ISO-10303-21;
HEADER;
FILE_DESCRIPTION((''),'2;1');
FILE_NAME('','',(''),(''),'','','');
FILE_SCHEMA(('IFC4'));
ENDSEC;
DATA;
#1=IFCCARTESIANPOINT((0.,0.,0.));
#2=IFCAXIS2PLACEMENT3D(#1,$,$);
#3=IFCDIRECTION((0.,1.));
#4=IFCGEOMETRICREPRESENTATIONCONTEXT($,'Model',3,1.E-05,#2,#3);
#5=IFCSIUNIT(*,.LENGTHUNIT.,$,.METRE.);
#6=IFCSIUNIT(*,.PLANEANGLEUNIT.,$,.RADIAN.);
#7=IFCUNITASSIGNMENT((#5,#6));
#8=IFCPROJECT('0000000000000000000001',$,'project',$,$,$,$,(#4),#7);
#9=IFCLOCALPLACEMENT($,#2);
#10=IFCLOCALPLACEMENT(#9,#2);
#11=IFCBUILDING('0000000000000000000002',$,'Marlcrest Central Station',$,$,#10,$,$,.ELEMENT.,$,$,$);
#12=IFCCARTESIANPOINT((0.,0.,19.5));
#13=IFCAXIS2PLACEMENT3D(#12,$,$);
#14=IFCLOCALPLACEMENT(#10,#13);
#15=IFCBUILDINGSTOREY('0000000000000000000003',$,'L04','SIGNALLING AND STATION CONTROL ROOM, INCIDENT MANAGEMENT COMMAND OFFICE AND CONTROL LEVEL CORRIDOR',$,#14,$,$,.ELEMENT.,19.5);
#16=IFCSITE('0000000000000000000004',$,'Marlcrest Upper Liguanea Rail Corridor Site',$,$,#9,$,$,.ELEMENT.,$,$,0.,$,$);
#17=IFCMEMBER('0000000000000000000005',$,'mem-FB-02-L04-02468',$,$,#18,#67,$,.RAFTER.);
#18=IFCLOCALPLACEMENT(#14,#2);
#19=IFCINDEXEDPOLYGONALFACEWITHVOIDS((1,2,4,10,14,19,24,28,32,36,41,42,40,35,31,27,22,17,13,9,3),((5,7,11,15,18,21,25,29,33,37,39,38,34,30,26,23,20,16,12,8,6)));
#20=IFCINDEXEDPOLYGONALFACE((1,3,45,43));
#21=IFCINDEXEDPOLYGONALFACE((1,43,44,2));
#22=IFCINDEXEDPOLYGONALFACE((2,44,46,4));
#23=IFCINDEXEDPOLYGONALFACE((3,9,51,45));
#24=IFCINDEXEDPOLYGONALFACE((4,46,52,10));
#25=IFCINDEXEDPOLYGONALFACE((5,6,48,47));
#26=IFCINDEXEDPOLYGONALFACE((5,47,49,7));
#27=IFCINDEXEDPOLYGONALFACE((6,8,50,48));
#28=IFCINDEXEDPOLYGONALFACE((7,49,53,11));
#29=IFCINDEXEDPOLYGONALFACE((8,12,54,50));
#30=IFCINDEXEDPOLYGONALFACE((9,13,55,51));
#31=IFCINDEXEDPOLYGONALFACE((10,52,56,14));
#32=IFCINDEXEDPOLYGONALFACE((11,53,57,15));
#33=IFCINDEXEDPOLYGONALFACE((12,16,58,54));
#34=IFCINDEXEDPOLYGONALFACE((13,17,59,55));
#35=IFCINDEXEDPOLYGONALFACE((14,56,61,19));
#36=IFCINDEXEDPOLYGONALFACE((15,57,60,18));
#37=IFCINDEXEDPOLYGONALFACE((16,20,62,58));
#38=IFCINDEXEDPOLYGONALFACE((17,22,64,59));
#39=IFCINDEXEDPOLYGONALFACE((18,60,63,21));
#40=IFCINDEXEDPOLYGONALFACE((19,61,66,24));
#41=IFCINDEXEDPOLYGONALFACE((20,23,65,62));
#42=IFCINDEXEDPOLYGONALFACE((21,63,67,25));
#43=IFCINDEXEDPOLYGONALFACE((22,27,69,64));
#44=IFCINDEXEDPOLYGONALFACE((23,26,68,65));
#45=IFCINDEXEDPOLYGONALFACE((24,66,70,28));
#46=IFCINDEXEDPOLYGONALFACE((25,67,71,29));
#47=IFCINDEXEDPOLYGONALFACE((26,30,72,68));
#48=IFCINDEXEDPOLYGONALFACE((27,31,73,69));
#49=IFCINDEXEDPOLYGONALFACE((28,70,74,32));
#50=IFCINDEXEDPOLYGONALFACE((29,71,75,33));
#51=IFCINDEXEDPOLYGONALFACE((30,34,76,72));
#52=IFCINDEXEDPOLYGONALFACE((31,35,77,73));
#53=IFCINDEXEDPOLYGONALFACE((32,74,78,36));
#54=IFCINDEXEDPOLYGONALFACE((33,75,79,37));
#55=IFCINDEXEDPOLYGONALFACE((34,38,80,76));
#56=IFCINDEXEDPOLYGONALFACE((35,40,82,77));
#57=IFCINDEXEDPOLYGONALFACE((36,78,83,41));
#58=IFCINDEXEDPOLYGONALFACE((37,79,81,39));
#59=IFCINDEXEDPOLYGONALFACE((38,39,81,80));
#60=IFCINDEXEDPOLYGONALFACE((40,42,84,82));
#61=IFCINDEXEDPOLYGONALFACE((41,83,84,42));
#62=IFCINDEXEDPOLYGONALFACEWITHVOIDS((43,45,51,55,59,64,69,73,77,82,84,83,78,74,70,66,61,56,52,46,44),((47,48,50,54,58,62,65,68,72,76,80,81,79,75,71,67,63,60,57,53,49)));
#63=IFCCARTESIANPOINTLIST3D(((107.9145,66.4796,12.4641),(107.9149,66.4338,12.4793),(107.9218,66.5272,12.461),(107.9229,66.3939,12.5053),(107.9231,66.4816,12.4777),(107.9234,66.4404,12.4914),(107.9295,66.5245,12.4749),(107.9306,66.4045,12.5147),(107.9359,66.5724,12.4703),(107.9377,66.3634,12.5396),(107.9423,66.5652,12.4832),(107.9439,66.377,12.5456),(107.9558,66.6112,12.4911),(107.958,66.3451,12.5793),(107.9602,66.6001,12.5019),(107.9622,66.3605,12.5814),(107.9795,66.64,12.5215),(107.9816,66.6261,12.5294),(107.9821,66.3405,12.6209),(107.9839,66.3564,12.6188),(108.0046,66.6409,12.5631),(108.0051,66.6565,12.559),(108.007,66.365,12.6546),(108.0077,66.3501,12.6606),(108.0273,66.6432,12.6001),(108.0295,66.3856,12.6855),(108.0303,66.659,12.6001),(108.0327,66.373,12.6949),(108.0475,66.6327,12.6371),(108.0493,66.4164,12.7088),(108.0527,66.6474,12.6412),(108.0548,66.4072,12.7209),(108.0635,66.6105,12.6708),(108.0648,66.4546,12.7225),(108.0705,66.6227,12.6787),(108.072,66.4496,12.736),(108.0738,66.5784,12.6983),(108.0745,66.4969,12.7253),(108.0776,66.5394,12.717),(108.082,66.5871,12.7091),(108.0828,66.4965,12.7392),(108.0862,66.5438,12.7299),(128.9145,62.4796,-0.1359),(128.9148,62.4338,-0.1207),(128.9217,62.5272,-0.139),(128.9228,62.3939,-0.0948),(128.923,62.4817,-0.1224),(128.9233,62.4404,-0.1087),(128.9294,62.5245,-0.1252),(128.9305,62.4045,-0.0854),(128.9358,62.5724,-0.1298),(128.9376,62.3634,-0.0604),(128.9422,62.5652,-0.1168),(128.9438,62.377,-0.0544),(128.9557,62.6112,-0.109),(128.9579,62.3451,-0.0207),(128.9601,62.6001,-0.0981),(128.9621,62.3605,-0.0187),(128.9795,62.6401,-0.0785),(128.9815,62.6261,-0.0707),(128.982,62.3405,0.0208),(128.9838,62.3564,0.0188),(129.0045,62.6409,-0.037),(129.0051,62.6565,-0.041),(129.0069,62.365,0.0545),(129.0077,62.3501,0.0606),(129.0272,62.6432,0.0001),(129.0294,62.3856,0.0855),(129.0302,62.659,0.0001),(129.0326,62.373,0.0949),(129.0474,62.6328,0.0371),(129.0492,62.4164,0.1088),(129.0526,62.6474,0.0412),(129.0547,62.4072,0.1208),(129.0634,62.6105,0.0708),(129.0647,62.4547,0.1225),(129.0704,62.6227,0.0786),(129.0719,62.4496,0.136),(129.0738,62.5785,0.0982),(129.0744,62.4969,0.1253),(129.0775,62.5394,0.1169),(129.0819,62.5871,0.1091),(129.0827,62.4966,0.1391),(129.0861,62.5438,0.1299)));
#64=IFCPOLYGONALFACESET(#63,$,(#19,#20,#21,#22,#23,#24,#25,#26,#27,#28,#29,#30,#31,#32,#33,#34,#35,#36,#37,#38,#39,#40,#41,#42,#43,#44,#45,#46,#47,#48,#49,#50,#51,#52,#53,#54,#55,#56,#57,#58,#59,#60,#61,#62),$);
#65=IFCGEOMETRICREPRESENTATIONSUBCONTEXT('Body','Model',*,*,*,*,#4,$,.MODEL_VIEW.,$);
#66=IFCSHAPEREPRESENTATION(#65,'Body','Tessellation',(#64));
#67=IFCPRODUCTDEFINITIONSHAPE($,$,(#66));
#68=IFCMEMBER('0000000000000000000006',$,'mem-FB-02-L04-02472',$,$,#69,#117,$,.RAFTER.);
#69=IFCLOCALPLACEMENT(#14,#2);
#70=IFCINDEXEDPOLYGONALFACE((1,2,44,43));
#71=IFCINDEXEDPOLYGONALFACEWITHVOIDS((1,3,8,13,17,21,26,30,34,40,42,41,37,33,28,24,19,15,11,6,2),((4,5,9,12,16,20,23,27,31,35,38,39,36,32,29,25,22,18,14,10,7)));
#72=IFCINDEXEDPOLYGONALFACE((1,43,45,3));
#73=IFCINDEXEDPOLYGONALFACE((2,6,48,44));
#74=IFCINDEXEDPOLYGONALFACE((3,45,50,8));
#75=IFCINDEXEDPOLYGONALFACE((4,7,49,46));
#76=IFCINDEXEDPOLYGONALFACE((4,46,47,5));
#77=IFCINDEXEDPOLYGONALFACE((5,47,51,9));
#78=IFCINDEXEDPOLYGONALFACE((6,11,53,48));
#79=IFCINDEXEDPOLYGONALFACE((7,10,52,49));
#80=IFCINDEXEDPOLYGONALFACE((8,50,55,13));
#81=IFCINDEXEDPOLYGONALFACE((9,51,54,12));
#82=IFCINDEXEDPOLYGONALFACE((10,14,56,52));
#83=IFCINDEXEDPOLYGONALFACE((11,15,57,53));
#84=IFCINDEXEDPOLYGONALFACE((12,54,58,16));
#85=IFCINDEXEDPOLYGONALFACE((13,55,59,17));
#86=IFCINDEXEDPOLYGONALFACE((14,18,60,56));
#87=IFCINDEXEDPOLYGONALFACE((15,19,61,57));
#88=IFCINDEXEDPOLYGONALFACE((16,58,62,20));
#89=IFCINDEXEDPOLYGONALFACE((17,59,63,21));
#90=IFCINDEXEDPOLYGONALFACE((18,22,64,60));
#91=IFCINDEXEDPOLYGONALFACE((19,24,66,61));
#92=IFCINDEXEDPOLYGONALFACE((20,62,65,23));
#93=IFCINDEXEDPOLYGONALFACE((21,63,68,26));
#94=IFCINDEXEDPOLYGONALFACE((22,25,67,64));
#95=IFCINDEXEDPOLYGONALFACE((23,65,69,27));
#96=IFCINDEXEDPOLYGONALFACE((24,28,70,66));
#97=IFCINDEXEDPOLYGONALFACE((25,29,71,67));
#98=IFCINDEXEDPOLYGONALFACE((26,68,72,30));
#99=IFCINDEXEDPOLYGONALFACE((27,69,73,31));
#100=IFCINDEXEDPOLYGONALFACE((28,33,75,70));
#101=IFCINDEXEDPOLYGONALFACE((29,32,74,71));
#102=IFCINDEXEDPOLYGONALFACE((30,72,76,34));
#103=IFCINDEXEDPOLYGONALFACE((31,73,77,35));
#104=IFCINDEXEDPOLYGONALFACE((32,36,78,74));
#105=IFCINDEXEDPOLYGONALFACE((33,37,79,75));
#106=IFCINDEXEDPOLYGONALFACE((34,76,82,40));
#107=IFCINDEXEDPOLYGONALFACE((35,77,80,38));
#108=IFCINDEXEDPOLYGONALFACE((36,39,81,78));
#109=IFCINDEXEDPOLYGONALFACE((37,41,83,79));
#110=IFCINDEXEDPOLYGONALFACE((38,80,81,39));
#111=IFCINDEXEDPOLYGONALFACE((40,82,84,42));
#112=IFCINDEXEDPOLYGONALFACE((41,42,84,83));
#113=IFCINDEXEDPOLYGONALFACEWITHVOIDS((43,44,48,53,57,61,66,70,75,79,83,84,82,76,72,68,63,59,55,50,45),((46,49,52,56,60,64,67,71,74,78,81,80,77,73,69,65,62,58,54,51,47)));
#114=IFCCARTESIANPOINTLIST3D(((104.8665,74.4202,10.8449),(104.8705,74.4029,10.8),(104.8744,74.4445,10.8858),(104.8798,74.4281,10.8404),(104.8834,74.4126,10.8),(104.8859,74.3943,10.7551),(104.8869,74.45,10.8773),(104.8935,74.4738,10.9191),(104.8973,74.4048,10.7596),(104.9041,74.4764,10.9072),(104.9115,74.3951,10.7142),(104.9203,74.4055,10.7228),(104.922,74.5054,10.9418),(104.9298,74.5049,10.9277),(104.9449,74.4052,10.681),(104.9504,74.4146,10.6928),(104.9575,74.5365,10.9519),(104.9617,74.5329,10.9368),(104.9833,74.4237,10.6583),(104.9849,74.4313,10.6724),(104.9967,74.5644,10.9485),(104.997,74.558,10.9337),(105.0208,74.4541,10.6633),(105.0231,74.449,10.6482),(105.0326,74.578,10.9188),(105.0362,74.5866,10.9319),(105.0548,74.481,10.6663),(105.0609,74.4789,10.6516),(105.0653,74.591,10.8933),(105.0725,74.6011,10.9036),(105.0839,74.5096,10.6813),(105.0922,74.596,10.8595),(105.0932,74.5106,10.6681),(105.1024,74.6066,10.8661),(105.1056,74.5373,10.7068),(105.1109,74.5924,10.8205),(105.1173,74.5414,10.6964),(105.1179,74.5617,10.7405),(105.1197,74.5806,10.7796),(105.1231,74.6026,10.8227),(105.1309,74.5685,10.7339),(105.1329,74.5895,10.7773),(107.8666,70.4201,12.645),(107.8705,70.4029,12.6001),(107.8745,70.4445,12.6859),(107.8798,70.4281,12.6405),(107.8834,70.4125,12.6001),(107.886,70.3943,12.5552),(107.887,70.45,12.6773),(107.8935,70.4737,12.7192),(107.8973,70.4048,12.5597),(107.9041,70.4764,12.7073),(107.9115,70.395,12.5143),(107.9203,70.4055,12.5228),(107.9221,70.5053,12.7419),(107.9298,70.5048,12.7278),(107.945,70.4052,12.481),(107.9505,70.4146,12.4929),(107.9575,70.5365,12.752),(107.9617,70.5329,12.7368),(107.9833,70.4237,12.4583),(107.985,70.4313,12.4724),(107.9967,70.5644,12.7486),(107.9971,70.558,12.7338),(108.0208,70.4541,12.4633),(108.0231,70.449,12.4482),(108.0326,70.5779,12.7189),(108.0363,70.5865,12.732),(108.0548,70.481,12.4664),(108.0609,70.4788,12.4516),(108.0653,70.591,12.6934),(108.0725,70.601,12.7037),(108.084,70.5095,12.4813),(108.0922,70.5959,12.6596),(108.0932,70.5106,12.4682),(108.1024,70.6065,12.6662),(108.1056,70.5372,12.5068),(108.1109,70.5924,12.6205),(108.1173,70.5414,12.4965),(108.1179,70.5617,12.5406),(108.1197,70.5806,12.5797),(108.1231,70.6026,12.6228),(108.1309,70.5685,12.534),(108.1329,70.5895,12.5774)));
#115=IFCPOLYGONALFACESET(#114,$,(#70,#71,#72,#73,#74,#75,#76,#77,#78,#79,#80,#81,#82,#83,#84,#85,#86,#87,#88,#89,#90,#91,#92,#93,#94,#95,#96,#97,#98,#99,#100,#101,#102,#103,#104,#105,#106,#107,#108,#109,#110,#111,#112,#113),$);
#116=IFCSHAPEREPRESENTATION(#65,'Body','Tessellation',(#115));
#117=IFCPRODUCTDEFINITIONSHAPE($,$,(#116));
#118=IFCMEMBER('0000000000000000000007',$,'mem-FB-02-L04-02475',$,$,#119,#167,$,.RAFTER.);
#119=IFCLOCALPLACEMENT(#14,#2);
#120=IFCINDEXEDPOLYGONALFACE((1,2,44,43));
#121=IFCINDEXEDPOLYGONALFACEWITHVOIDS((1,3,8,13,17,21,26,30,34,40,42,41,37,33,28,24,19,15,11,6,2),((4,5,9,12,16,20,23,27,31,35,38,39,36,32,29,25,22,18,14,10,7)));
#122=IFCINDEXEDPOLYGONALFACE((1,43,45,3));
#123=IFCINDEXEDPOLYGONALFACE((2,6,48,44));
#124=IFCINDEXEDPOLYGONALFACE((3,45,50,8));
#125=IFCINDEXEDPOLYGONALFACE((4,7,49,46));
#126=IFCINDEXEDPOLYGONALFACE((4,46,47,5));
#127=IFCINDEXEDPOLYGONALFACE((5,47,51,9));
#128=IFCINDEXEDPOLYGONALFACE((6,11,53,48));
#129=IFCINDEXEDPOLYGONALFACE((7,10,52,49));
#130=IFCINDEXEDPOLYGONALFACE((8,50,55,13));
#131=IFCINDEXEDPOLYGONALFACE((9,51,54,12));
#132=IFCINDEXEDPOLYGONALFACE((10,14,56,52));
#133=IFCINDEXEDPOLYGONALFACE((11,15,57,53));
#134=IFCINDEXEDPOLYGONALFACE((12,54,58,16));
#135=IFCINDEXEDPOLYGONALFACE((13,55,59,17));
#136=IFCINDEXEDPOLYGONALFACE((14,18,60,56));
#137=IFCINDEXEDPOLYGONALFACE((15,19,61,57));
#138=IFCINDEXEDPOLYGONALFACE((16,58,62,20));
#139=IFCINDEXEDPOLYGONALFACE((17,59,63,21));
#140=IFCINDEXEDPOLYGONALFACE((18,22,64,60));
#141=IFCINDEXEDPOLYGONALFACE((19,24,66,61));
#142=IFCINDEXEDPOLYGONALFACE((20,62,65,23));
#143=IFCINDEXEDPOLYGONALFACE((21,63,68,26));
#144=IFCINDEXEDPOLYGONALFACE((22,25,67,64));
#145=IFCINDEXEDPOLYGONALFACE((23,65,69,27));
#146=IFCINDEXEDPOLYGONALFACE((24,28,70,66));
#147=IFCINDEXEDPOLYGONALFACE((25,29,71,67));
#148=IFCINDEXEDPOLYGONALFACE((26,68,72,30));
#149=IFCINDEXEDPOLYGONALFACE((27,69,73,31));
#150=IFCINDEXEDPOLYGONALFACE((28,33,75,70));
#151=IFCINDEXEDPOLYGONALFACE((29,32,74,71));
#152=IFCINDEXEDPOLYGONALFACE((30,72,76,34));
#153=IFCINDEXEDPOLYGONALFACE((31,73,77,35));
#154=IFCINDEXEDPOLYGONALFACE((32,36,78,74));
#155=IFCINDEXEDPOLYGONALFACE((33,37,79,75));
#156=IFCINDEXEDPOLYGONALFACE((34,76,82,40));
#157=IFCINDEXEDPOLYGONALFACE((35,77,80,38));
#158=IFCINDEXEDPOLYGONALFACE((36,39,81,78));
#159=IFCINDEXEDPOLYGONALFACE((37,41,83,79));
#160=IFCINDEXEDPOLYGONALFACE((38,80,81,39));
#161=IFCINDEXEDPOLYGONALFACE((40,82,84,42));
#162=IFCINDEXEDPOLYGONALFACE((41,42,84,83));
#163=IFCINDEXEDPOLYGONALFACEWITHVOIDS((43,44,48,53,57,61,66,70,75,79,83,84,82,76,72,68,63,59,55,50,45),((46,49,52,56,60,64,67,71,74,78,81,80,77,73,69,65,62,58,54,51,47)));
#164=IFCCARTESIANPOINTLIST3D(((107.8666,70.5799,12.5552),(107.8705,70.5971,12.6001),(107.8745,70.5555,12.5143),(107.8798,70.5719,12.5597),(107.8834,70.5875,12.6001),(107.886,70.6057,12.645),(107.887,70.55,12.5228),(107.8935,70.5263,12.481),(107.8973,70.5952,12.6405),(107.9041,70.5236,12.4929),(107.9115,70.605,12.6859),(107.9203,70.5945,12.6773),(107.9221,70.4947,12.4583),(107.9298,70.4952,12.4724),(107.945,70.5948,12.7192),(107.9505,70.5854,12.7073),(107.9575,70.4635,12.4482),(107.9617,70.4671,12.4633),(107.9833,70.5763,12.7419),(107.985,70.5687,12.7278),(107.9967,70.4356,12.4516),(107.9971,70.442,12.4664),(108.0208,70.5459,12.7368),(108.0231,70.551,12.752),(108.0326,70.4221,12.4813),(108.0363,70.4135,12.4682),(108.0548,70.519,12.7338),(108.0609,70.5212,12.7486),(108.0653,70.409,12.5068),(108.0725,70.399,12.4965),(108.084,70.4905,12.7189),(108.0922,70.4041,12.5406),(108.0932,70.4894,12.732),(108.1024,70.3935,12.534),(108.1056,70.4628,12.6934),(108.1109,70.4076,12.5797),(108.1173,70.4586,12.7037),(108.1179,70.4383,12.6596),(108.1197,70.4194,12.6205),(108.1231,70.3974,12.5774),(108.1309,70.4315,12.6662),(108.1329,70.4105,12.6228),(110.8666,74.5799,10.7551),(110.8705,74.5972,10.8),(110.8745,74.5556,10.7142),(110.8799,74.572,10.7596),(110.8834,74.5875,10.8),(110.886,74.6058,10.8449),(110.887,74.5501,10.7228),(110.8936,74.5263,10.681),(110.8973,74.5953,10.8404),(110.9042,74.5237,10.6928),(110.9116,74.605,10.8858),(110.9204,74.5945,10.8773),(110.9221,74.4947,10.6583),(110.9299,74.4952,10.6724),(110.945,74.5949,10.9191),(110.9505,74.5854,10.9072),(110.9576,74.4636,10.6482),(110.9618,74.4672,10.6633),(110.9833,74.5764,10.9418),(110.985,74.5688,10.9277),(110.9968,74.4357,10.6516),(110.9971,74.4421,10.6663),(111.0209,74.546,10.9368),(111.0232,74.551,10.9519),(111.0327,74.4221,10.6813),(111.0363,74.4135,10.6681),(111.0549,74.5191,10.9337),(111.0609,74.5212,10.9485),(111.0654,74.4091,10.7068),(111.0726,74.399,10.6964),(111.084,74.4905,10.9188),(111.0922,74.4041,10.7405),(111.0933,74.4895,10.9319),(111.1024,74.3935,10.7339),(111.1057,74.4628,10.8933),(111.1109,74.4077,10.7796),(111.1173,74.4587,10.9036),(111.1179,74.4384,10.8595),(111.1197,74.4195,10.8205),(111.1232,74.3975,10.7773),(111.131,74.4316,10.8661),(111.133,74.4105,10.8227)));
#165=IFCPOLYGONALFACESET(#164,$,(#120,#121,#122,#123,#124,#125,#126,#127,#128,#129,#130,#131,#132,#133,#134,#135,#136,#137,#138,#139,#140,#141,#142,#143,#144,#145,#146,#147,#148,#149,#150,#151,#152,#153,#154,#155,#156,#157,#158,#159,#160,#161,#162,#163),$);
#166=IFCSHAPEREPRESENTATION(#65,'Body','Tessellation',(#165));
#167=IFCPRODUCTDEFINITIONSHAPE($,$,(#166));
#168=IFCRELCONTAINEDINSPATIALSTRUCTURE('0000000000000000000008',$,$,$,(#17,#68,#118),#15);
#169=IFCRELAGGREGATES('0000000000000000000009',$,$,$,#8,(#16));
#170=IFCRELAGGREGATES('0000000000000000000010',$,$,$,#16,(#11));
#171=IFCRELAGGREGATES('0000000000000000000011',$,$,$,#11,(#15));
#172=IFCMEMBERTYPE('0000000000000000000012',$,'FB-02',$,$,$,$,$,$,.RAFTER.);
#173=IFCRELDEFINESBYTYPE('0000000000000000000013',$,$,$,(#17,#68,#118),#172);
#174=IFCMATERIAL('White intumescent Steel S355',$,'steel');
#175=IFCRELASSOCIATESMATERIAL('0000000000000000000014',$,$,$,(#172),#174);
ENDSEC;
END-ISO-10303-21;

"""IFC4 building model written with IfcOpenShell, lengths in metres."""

from ifc_helpers import new_model, si_unit, direction, frame, origin, origin_2d, place, context, subcontext, project, spatial, hollow_circle, extrude, material, material_profile, profile_set, type_object, element, save


model = new_model("IFC4")

# Units and contexts
model_context = context("Model", 3, precision=1e-05, world=origin(), true_north=direction((0.0, 1.0)))
body_context = subcontext(model_context, "Body", "Model", "MODEL_VIEW")
ifc_project = project(units=[si_unit("LENGTHUNIT", "METRE"), si_unit("PLANEANGLEUNIT", "RADIAN")], contexts=[model_context])

# Site, building, storey
site_placement = place(None, origin())
site = spatial("IfcSite", under=ifc_project, at=site_placement, Name="Marlcrest Upper Liguanea Rail Corridor Site", CompositionType="ELEMENT", RefElevation=0.0)
building_placement = place(site_placement, origin())
building = spatial("IfcBuilding", under=site, at=building_placement, Name="Marlcrest Central Station", CompositionType="ELEMENT")
storey_placement = place(building_placement, frame((0.0, 0.0, 19.5)))
storey = spatial("IfcBuildingStorey", under=building, at=storey_placement, Name="L04", Description="SIGNALLING AND STATION CONTROL ROOM, INCIDENT MANAGEMENT COMMAND OFFICE AND CONTROL LEVEL CORRIDOR", CompositionType="ELEMENT", Elevation=19.5)

# Members
ifc_material_1 = material(Name="White intumescent Steel S355", Category="steel")
ifc_material_profile_1 = material_profile(ifc_material_1, hollow_circle(Radius=0.1619, WallThickness=0.0161, at=origin_2d()), Name="CHS 323.9x16")
ifc_profile_set_1 = profile_set([ifc_material_profile_1], Name="White intumescent Steel S355")
member_type_1 = type_object("IfcMemberType", Name="FB-02", PredefinedType="RAFTER", material=ifc_profile_set_1)
for number, where, z_axis, x_axis, name in (
    (1, (108.0, 66.5, 12.6001), (0.846277, -0.161196, -0.50777), (0.187112, 0.982339, 0.0), "mem-FB-02-L04-02468"),
):
    element("IfcMember", number, at=place(storey_placement, frame(where, z_axis=z_axis, x_axis=x_axis)), inside=storey, type_object=member_type_1, Name=name, PredefinedType="RAFTER", context=body_context, shape_type="SweptSolid", body=[
        extrude(hollow_circle(Radius=0.1619, WallThickness=0.0161, at=origin_2d()), origin(), (0.0, 0.0, 1.0), 24.8145),
    ])
for number, where, z_axis, x_axis, name in (
    (2, (108.0, 70.5, 12.6001), (-0.564531, 0.752708, -0.338728), (-0.8, -0.6, 0.0), "mem-FB-02-L04-02472"),
    (3, (108.0, 70.5, 12.6001), (0.564531, 0.752708, -0.338728), (-0.8, 0.6, 0.0), "mem-FB-02-L04-02475"),
):
    element("IfcMember", number, at=place(storey_placement, frame(where, z_axis=z_axis, x_axis=x_axis)), inside=storey, type_object=member_type_1, Name=name, PredefinedType="RAFTER", context=body_context, shape_type="SweptSolid", body=[
        extrude(hollow_circle(Radius=0.1619, WallThickness=0.0161, at=origin_2d()), origin(), (0.0, 0.0, 1.0), 5.3142),
    ])

save(model, "model.ifc")
